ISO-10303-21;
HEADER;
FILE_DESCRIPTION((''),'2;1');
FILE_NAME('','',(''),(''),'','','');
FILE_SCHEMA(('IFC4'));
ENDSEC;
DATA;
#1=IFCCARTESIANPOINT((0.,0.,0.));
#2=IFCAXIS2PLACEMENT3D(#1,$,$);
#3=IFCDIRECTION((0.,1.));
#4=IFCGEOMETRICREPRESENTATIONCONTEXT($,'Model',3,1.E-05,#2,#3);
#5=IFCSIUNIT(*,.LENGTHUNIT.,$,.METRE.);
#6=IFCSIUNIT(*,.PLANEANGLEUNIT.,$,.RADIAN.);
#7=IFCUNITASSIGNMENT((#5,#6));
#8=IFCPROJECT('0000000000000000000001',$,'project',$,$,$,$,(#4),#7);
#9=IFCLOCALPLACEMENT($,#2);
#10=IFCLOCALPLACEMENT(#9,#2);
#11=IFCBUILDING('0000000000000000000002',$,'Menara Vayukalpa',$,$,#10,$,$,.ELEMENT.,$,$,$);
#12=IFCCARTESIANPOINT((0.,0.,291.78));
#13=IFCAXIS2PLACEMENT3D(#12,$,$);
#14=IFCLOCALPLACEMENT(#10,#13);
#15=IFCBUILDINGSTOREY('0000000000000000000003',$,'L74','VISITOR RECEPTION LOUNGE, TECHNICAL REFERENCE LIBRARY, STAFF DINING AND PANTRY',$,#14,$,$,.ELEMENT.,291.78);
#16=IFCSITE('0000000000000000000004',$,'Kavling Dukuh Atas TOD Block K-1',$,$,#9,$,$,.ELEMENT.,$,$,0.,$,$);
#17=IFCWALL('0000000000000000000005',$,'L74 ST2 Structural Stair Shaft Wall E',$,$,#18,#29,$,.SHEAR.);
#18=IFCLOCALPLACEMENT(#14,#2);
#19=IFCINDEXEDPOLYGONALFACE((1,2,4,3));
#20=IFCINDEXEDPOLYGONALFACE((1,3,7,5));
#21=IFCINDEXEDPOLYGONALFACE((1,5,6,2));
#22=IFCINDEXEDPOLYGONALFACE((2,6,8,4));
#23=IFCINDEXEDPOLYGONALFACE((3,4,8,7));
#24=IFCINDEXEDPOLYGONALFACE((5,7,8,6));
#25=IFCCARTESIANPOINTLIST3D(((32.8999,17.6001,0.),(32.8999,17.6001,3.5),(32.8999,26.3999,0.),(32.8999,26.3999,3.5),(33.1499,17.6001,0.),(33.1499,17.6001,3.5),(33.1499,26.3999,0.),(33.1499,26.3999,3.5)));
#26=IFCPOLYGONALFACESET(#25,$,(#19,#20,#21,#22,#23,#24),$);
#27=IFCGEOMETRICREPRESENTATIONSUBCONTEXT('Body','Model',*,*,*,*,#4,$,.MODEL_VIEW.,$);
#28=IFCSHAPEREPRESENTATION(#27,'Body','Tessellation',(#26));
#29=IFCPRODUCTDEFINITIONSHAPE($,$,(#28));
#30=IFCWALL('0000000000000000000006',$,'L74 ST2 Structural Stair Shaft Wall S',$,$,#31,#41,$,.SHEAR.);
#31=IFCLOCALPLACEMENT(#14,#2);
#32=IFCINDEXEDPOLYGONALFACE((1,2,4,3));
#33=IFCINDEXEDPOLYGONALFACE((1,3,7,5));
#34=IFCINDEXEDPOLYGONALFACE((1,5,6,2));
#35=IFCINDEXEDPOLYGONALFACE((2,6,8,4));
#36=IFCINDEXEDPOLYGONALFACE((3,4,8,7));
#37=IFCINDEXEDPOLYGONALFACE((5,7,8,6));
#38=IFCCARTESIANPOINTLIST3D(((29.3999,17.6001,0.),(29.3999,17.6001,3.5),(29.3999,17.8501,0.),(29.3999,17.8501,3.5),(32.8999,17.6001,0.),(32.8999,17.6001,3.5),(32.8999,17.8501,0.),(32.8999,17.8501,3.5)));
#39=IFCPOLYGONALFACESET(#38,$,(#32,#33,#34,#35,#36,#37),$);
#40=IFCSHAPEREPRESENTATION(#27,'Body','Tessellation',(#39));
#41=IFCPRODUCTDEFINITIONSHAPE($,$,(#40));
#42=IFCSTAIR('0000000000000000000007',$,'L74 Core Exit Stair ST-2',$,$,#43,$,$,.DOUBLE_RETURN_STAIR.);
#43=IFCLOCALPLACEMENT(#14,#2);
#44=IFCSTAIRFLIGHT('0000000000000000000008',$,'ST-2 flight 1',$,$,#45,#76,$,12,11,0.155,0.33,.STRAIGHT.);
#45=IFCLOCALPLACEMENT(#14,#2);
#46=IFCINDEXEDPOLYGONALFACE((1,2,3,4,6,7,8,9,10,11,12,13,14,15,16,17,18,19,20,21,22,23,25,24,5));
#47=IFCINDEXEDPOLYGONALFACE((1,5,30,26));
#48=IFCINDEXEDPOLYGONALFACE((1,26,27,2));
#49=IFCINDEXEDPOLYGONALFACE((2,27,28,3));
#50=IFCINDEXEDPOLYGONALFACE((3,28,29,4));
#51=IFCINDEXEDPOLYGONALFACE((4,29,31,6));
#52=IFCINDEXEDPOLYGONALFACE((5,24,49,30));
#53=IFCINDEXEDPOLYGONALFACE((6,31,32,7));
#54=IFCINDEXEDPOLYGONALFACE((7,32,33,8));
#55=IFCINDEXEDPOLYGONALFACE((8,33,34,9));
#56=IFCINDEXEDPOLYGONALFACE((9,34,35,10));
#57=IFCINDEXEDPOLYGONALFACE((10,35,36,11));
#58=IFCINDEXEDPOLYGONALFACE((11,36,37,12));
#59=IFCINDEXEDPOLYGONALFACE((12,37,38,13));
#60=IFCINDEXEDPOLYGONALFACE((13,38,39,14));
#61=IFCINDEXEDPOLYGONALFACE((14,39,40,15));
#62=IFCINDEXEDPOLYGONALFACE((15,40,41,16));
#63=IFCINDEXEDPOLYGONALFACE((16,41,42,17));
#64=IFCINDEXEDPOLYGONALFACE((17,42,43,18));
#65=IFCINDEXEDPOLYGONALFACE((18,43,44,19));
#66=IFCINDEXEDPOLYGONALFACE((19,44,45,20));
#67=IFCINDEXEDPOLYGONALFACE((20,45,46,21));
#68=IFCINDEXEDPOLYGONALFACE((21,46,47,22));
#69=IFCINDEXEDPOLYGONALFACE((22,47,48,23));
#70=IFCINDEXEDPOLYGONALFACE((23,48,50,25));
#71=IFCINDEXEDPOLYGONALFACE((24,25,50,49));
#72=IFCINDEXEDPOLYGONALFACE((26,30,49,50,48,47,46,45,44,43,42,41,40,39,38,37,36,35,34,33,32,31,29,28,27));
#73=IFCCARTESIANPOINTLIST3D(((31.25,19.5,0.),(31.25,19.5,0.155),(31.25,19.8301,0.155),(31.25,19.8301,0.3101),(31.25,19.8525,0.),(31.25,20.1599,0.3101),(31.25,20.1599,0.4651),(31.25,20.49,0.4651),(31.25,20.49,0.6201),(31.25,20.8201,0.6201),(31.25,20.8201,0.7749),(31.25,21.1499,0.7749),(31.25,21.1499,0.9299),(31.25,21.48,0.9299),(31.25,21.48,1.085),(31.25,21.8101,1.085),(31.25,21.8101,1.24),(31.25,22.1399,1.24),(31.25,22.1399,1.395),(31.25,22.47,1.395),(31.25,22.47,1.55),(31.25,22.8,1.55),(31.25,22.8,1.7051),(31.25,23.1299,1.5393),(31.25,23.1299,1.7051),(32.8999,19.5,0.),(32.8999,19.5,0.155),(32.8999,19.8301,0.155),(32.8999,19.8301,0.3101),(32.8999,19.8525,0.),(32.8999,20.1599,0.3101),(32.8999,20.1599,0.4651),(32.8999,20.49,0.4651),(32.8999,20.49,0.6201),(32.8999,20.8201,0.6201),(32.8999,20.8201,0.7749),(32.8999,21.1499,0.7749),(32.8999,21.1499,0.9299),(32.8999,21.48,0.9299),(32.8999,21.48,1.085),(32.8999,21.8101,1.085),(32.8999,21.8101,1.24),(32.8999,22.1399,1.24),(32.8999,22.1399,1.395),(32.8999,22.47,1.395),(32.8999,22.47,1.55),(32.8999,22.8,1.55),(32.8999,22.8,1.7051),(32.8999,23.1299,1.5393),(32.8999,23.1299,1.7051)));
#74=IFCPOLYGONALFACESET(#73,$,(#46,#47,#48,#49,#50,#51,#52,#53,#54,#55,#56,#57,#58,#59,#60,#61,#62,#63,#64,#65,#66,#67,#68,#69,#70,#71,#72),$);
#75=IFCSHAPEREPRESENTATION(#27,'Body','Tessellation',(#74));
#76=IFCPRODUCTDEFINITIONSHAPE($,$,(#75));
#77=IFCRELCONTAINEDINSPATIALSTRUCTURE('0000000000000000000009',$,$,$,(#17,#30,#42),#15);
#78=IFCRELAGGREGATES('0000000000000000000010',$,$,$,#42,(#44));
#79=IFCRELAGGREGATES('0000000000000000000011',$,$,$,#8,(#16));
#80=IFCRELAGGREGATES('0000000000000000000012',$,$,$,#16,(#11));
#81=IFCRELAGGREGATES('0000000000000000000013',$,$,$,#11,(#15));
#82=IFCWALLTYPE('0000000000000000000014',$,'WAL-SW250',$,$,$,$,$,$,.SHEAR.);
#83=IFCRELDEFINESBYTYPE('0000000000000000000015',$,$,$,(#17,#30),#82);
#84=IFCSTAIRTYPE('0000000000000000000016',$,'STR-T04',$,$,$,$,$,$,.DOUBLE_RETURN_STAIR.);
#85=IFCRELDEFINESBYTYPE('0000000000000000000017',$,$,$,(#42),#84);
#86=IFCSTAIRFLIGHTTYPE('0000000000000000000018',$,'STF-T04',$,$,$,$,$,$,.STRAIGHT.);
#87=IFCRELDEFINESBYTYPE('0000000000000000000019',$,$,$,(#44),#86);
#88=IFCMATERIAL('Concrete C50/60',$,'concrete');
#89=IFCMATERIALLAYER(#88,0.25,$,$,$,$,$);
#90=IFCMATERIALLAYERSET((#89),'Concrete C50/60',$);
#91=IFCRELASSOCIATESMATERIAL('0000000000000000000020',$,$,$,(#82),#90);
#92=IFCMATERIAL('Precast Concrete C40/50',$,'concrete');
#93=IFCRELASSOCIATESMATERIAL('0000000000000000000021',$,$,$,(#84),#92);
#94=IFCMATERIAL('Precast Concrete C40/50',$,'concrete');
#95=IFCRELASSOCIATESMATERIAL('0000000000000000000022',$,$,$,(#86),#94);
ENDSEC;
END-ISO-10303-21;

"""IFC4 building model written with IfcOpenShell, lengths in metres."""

from ifc_helpers import new_model, si_unit, direction, frame, frame_2d, origin, place, context, subcontext, project, spatial, polyline, rectangle, outline, extrude, material, layer, layer_set, type_object, element, aggregate, save


model = new_model("IFC4")

# Units and contexts
model_context = context("Model", 3, precision=1e-05, world=origin(), true_north=direction((0.0, 1.0)))
body_context = subcontext(model_context, "Body", "Model", "MODEL_VIEW")
ifc_project = project(units=[si_unit("LENGTHUNIT", "METRE"), si_unit("PLANEANGLEUNIT", "RADIAN")], contexts=[model_context])

# Site, building, storey
site_placement = place(None, origin())
site = spatial("IfcSite", under=ifc_project, at=site_placement, Name="Kavling Dukuh Atas TOD Block K-1", CompositionType="ELEMENT", RefElevation=0.0)
building_placement = place(site_placement, origin())
building = spatial("IfcBuilding", under=site, at=building_placement, Name="Menara Vayukalpa", CompositionType="ELEMENT")
storey_placement = place(building_placement, frame((0.0, 0.0, 291.78)))
storey = spatial("IfcBuildingStorey", under=building, at=storey_placement, Name="L74", Description="VISITOR RECEPTION LOUNGE, TECHNICAL REFERENCE LIBRARY, STAFF DINING AND PANTRY", CompositionType="ELEMENT", Elevation=291.78)

# Walls
ifc_material_1 = material(Name="Concrete C50/60", Category="concrete")
ifc_layer_1 = layer(ifc_material_1, 0.25)
ifc_layer_set_1 = layer_set([ifc_layer_1], Name="Concrete C50/60")
wall_type_1 = type_object("IfcWallType", Name="WAL-SW250", PredefinedType="SHEAR", material=ifc_layer_set_1)
wall_1_placement = place(storey_placement, frame((33.0249, 17.6001, 0.0), z_axis=(0.0, 0.0, 1.0), x_axis=(0.0, 1.0, 0.0)))
element("IfcWall", 1, at=wall_1_placement, inside=storey, type_object=wall_type_1, Name="L74 ST2 Structural Stair Shaft Wall E", PredefinedType="SHEAR", context=body_context, shape_type="SweptSolid", body=[
    extrude(rectangle(XDim=8.7998, YDim=0.25, at=frame_2d((4.3999, 0.0))), origin(), (0.0, 0.0, 1.0), 3.5),
])
wall_2_placement = place(storey_placement, frame((29.3999, 17.7251, 0.0), z_axis=(0.0, 0.0, 1.0), x_axis=(1.0, 0.0, 0.0)))
element("IfcWall", 2, at=wall_2_placement, inside=storey, type_object=wall_type_1, Name="L74 ST2 Structural Stair Shaft Wall S", PredefinedType="SHEAR", context=body_context, shape_type="SweptSolid", body=[
    extrude(rectangle(XDim=3.5, YDim=0.25, at=frame_2d((1.75, 0.0))), origin(), (0.0, 0.0, 1.0), 3.5),
])

# Stair, stair flight
ifc_material_2 = material(Name="Precast Concrete C40/50", Category="concrete")
stair_type = type_object("IfcStairType", Name="STR-T04", PredefinedType="DOUBLE_RETURN_STAIR", material=ifc_material_2)
stair_placement = place(storey_placement, origin())
stair = element("IfcStair", 3, at=stair_placement, inside=storey, type_object=stair_type, Name="L74 Core Exit Stair ST-2", PredefinedType="DOUBLE_RETURN_STAIR")
ifc_material_3 = material(Name="Precast Concrete C40/50", Category="concrete")
stair_flight_type = type_object("IfcStairFlightType", Name="STF-T04", PredefinedType="STRAIGHT", material=ifc_material_3)
stair_flight_placement = place(storey_placement, frame((32.075, 19.5, 0.0), z_axis=(0.0, 0.0, 1.0), x_axis=(0.0, 1.0, 0.0)))
stair_flight = element("IfcStairFlight", 4, at=stair_flight_placement, type_object=stair_flight_type, Name="ST-2 flight 1", NumberOfRisers=12, NumberOfTreads=11, PredefinedType="STRAIGHT", RiserHeight=0.155, TreadLength=0.33, context=body_context, shape_type="SweptSolid", body=[
    extrude(outline(polyline([(0.0, 0.0), (0.0, 0.155), (0.3301, 0.155), (0.3301, 0.3101), (0.6599, 0.3101), (0.6599, 0.4651), (0.99, 0.4651), (0.99, 0.6201), (1.3201, 0.6201), (1.3201, 0.7749), (1.6499, 0.7749), (1.6499, 0.9299), (1.98, 0.9299), (1.98, 1.085), (2.3101, 1.085), (2.3101, 1.24), (2.6399, 1.24), (2.6399, 1.395), (2.97, 1.395), (2.97, 1.55), (3.3, 1.55), (3.3, 1.7051), (3.6299, 1.7051), (3.6299, 1.8601), (3.6299, 1.5393), (0.3525, 0.0), (0.0, 0.0)])), frame((0.0, 0.825, 0.0), z_axis=(0.0, -1.0, 0.0), x_axis=(1.0, 0.0, 0.0)), (0.0, 0.0, 1.0), 1.6499),
])
aggregate(stair, [stair_flight])

save(model, "model.ifc")
